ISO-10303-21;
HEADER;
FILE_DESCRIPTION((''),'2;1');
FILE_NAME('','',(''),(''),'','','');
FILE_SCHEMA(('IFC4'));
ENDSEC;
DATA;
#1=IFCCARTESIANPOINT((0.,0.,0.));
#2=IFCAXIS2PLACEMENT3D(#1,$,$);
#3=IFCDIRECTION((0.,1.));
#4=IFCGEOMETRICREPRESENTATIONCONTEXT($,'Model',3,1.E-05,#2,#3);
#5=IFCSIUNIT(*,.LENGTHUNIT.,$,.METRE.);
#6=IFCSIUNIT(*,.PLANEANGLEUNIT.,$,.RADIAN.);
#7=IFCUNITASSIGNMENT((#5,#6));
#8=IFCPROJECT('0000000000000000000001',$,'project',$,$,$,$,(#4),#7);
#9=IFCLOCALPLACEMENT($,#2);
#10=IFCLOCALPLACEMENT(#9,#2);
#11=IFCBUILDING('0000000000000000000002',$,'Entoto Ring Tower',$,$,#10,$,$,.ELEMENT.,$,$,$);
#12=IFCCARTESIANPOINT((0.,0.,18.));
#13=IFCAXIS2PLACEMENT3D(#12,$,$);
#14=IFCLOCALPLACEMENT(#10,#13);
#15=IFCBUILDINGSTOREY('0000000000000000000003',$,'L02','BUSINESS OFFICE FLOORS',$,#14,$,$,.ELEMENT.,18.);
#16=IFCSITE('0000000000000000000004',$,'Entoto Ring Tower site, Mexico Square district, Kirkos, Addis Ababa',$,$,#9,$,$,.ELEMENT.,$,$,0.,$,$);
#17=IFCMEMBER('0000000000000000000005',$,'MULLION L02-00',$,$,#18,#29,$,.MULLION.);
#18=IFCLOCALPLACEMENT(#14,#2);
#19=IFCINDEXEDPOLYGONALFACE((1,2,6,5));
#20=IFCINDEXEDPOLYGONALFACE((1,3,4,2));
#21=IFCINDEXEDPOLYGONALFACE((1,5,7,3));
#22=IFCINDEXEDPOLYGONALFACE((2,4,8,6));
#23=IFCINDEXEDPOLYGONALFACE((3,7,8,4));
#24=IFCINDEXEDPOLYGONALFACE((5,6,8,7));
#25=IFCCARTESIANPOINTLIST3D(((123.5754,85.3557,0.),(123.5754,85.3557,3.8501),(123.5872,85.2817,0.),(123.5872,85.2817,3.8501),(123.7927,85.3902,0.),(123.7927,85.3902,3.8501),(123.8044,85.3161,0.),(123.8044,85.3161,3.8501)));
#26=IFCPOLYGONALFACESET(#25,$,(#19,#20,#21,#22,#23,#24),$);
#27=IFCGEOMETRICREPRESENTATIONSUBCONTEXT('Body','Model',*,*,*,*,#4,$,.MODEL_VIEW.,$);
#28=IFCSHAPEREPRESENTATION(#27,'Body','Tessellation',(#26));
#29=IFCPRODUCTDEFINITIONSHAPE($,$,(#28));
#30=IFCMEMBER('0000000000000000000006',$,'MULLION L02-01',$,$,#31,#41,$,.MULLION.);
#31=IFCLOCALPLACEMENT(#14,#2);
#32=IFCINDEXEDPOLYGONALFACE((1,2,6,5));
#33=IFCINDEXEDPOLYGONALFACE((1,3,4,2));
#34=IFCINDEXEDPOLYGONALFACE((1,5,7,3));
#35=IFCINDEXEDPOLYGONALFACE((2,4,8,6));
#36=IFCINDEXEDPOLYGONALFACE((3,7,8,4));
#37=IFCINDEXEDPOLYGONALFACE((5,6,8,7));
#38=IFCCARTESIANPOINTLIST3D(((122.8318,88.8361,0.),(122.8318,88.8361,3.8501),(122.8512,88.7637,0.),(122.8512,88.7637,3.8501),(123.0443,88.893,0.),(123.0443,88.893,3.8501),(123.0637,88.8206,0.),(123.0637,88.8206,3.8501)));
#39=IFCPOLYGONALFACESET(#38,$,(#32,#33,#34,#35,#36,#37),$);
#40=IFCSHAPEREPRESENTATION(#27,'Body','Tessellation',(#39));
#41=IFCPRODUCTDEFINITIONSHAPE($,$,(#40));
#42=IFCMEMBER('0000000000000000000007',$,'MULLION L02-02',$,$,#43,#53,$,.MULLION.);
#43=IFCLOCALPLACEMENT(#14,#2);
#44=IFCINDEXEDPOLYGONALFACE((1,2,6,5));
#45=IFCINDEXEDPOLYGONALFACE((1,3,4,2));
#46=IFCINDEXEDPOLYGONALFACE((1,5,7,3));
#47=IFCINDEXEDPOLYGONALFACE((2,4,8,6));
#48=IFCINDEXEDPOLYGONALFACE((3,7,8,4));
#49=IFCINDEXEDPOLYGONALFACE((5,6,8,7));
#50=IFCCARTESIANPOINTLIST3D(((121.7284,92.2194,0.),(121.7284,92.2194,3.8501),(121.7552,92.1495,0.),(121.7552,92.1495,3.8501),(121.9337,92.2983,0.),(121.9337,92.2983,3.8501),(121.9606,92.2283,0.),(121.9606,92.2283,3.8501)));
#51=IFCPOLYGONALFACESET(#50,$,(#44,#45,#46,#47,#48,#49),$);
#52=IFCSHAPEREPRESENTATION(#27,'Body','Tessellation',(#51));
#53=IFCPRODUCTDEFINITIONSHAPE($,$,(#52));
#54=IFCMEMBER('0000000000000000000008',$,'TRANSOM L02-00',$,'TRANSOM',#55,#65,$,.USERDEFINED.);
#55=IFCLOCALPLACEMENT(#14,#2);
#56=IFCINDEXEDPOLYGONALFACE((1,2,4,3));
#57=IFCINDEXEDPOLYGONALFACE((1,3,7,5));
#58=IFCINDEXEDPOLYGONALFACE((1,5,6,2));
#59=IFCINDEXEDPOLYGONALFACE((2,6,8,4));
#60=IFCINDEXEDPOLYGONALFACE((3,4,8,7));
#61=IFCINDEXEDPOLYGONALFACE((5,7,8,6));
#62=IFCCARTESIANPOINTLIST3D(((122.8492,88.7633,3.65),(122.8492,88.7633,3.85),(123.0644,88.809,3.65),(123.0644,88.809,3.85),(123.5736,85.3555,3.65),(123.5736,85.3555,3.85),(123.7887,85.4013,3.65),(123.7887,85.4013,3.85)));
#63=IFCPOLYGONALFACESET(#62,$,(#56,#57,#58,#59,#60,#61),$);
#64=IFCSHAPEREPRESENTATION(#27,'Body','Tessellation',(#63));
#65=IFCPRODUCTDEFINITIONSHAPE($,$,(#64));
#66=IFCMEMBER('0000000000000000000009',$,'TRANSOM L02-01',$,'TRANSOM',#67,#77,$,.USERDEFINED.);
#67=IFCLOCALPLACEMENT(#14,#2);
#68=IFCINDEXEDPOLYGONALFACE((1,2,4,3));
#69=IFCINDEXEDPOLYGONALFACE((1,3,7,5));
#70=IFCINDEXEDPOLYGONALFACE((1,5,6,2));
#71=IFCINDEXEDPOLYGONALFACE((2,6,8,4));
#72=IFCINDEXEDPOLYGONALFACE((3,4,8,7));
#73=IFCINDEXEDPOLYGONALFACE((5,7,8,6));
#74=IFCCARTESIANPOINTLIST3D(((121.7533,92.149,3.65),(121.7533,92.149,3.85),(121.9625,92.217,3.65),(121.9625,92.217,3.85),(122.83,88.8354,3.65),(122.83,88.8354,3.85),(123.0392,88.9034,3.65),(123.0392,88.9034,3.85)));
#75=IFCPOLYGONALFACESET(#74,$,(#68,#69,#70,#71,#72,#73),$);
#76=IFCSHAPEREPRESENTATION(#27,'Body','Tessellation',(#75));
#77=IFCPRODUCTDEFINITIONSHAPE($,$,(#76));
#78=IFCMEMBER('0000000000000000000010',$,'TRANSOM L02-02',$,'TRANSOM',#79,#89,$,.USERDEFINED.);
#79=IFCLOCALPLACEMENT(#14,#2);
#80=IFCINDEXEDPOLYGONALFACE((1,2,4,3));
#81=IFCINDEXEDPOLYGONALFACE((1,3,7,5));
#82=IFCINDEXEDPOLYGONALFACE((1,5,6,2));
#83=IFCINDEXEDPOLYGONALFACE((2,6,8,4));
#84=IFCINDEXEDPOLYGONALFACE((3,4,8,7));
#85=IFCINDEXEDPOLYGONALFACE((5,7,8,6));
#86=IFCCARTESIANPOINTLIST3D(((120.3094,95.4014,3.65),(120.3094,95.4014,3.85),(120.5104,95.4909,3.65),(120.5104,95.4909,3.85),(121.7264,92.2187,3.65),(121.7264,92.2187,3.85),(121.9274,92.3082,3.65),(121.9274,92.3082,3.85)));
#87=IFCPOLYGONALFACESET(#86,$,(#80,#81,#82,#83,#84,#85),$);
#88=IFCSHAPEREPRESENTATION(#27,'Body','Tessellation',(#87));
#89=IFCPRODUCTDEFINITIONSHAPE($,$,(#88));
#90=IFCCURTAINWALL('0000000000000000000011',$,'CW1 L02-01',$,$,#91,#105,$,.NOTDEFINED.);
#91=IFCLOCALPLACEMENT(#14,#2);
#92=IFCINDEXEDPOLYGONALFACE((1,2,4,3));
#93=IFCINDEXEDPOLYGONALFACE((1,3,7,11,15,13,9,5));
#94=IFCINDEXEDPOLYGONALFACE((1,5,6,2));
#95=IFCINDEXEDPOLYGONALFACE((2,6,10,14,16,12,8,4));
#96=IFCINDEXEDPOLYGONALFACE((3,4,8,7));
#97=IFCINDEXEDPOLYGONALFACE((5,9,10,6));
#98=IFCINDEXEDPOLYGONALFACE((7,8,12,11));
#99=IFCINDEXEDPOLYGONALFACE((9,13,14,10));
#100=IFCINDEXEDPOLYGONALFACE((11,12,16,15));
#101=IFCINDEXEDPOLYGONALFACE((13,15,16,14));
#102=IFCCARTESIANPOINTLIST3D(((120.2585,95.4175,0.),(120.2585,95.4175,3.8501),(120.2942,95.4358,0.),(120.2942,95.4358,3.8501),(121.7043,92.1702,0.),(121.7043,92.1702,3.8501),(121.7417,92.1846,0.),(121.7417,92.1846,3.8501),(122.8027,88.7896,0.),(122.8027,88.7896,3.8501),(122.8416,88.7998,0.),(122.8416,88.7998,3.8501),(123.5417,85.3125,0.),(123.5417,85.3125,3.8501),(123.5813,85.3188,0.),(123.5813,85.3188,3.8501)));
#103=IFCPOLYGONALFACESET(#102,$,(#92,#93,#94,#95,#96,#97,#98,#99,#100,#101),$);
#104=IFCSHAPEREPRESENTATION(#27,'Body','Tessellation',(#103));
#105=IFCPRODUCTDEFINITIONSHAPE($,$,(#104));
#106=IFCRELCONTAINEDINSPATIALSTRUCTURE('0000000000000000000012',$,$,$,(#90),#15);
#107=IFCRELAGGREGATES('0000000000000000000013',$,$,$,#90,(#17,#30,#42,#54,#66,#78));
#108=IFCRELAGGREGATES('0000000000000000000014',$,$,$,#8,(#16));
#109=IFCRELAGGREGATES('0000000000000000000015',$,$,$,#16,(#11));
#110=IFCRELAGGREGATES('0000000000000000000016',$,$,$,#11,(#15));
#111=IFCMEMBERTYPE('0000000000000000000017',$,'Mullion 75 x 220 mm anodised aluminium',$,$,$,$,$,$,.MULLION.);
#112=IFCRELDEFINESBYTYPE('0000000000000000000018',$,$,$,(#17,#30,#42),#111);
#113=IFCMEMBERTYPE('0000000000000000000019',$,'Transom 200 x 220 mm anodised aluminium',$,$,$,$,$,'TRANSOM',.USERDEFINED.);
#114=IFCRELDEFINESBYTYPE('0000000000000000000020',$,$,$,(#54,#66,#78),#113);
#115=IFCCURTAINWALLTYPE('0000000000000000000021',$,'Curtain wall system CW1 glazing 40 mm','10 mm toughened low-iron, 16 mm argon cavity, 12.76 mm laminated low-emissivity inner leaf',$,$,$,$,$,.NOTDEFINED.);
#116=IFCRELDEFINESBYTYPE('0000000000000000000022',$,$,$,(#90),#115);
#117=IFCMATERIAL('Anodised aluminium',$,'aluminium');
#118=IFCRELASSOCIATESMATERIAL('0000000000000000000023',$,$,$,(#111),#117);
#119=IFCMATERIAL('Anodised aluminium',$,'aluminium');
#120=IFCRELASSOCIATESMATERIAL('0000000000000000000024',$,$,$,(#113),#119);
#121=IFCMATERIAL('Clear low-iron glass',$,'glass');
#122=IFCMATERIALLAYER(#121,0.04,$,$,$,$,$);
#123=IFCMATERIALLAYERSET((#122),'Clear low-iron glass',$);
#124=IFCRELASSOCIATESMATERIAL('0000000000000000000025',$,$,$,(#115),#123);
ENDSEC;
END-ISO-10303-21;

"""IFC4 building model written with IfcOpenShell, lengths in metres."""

from ifc_helpers import new_model, si_unit, direction, frame, origin, origin_2d, place, context, subcontext, project, spatial, polyline, rectangle, outline, extrude, material, layer, layer_set, material_profile, profile_set, type_object, element, aggregate, save


model = new_model("IFC4")

# Units and contexts
model_context = context("Model", 3, precision=1e-05, world=origin(), true_north=direction((0.0, 1.0)))
body_context = subcontext(model_context, "Body", "Model", "MODEL_VIEW")
ifc_project = project(units=[si_unit("LENGTHUNIT", "METRE"), si_unit("PLANEANGLEUNIT", "RADIAN")], contexts=[model_context])

# Members
ifc_material_1 = material(Name="Anodised aluminium", Category="aluminium")
ifc_material_profile_1 = material_profile(ifc_material_1, rectangle(XDim=0.075, YDim=0.22, at=origin_2d()), Name="Mullion 75 x 220 mm anodised aluminium")
ifc_profile_set_1 = profile_set([ifc_material_profile_1], Name="Anodised aluminium")
member_type_1 = type_object("IfcMemberType", Name="Mullion 75 x 220 mm anodised aluminium", PredefinedType="MULLION", material=ifc_profile_set_1)
site_placement = place(None, origin())
building_placement = place(site_placement, origin())
storey_placement = place(building_placement, frame((0.0, 0.0, 18.0)))
member_1_placement = place(storey_placement, frame((123.6899, 85.3359, 0.0), z_axis=(0.0, 0.0, 1.0), x_axis=(-0.156434, 0.987688, 0.0)))
member_1 = element("IfcMember", 1, at=member_1_placement, type_object=member_type_1, Name="MULLION L02-00", PredefinedType="MULLION", context=body_context, shape_type="SweptSolid", body=[
    extrude(rectangle(XDim=0.075, YDim=0.22, at=origin_2d()), origin(), (0.0, 0.0, 1.0), 3.8501),
])
member_2_placement = place(storey_placement, frame((122.9478, 88.8284, 0.0), z_axis=(0.0, 0.0, 1.0), x_axis=(-0.258819, 0.965926, 0.0)))
member_2 = element("IfcMember", 2, at=member_2_placement, type_object=member_type_1, Name="MULLION L02-01", PredefinedType="MULLION", context=body_context, shape_type="SweptSolid", body=[
    extrude(rectangle(XDim=0.075, YDim=0.22, at=origin_2d()), origin(), (0.0, 0.0, 1.0), 3.8501),
])
member_3_placement = place(storey_placement, frame((121.8445, 92.2239, 0.0), z_axis=(0.0, 0.0, 1.0), x_axis=(-0.358368, 0.93358, 0.0)))
member_3 = element("IfcMember", 3, at=member_3_placement, type_object=member_type_1, Name="MULLION L02-02", PredefinedType="MULLION", context=body_context, shape_type="SweptSolid", body=[
    extrude(rectangle(XDim=0.075, YDim=0.22, at=origin_2d()), origin(), (0.0, 0.0, 1.0), 3.8501),
])
ifc_material_2 = material(Name="Anodised aluminium", Category="aluminium")
ifc_material_profile_2 = material_profile(ifc_material_2, rectangle(XDim=0.22, YDim=0.2, at=origin_2d()), Name="Transom 200 x 220 mm anodised aluminium")
ifc_profile_set_2 = profile_set([ifc_material_profile_2], Name="Anodised aluminium")
member_type_2 = type_object("IfcMemberType", Name="Transom 200 x 220 mm anodised aluminium", ElementType="TRANSOM", PredefinedType="USERDEFINED", material=ifc_profile_set_2)
member_4_placement = place(storey_placement, frame((123.6812, 85.3784, 3.75), z_axis=(-0.207921, 0.978146, 0.0), x_axis=(-0.978146, -0.207921, 0.0)))
member_4 = element("IfcMember", 4, at=member_4_placement, type_object=member_type_2, Name="TRANSOM L02-00", ObjectType="TRANSOM", PredefinedType="USERDEFINED", context=body_context, shape_type="SweptSolid", body=[
    extrude(rectangle(XDim=0.22, YDim=0.2, at=origin_2d()), origin(), (0.0, 0.0, 1.0), 3.4839),
])
member_5_placement = place(storey_placement, frame((122.9346, 88.8694, 3.75), z_axis=(-0.309029, 0.951053, 0.0), x_axis=(-0.951053, -0.309029, 0.0)))
member_5 = element("IfcMember", 5, at=member_5_placement, type_object=member_type_2, Name="TRANSOM L02-01", ObjectType="TRANSOM", PredefinedType="USERDEFINED", context=body_context, shape_type="SweptSolid", body=[
    extrude(rectangle(XDim=0.22, YDim=0.2, at=origin_2d()), origin(), (0.0, 0.0, 1.0), 3.4841),
])
member_6_placement = place(storey_placement, frame((121.8269, 92.2634, 3.75), z_axis=(-0.406737, 0.913545, 0.0), x_axis=(-0.913545, -0.406737, 0.0)))
member_6 = element("IfcMember", 6, at=member_6_placement, type_object=member_type_2, Name="TRANSOM L02-02", ObjectType="TRANSOM", PredefinedType="USERDEFINED", context=body_context, shape_type="SweptSolid", body=[
    extrude(rectangle(XDim=0.22, YDim=0.2, at=origin_2d()), origin(), (0.0, 0.0, 1.0), 3.4839),
])

# Site, building, storey
site = spatial("IfcSite", under=ifc_project, at=site_placement, Name="Entoto Ring Tower site, Mexico Square district, Kirkos, Addis Ababa", CompositionType="ELEMENT", RefElevation=0.0)
building = spatial("IfcBuilding", under=site, at=building_placement, Name="Entoto Ring Tower", CompositionType="ELEMENT")
storey = spatial("IfcBuildingStorey", under=building, at=storey_placement, Name="L02", Description="BUSINESS OFFICE FLOORS", CompositionType="ELEMENT", Elevation=18.0)

# Curtain wall
ifc_material_3 = material(Name="Clear low-iron glass", Category="glass")
ifc_layer_1 = layer(ifc_material_3, 0.04)
ifc_layer_set_1 = layer_set([ifc_layer_1], Name="Clear low-iron glass")
curtain_wall_type = type_object("IfcCurtainWallType", Name="Curtain wall system CW1 glazing 40 mm", Description="10 mm toughened low-iron, 16 mm argon cavity, 12.76 mm laminated low-emissivity inner leaf", PredefinedType="NOTDEFINED", material=ifc_layer_set_1)
curtain_wall_1_placement = place(storey_placement, origin())
curtain_wall_1 = element("IfcCurtainWall", 7, at=curtain_wall_1_placement, inside=storey, type_object=curtain_wall_type, Name="CW1 L02-01", PredefinedType="NOTDEFINED", context=body_context, shape_type="SweptSolid", body=[
    extrude(outline(polyline([(123.5813, 85.3188), (122.8416, 88.7998), (121.7417, 92.1846), (120.2942, 95.4358), (120.2585, 95.4175), (121.7043, 92.1702), (122.8027, 88.7896), (123.5417, 85.3125), (123.5813, 85.3188)])), origin(), (0.0, 0.0, 1.0), 3.8501),
])
aggregate(curtain_wall_1, [member_1, member_2, member_3, member_4, member_5, member_6])

save(model, "model.ifc")
